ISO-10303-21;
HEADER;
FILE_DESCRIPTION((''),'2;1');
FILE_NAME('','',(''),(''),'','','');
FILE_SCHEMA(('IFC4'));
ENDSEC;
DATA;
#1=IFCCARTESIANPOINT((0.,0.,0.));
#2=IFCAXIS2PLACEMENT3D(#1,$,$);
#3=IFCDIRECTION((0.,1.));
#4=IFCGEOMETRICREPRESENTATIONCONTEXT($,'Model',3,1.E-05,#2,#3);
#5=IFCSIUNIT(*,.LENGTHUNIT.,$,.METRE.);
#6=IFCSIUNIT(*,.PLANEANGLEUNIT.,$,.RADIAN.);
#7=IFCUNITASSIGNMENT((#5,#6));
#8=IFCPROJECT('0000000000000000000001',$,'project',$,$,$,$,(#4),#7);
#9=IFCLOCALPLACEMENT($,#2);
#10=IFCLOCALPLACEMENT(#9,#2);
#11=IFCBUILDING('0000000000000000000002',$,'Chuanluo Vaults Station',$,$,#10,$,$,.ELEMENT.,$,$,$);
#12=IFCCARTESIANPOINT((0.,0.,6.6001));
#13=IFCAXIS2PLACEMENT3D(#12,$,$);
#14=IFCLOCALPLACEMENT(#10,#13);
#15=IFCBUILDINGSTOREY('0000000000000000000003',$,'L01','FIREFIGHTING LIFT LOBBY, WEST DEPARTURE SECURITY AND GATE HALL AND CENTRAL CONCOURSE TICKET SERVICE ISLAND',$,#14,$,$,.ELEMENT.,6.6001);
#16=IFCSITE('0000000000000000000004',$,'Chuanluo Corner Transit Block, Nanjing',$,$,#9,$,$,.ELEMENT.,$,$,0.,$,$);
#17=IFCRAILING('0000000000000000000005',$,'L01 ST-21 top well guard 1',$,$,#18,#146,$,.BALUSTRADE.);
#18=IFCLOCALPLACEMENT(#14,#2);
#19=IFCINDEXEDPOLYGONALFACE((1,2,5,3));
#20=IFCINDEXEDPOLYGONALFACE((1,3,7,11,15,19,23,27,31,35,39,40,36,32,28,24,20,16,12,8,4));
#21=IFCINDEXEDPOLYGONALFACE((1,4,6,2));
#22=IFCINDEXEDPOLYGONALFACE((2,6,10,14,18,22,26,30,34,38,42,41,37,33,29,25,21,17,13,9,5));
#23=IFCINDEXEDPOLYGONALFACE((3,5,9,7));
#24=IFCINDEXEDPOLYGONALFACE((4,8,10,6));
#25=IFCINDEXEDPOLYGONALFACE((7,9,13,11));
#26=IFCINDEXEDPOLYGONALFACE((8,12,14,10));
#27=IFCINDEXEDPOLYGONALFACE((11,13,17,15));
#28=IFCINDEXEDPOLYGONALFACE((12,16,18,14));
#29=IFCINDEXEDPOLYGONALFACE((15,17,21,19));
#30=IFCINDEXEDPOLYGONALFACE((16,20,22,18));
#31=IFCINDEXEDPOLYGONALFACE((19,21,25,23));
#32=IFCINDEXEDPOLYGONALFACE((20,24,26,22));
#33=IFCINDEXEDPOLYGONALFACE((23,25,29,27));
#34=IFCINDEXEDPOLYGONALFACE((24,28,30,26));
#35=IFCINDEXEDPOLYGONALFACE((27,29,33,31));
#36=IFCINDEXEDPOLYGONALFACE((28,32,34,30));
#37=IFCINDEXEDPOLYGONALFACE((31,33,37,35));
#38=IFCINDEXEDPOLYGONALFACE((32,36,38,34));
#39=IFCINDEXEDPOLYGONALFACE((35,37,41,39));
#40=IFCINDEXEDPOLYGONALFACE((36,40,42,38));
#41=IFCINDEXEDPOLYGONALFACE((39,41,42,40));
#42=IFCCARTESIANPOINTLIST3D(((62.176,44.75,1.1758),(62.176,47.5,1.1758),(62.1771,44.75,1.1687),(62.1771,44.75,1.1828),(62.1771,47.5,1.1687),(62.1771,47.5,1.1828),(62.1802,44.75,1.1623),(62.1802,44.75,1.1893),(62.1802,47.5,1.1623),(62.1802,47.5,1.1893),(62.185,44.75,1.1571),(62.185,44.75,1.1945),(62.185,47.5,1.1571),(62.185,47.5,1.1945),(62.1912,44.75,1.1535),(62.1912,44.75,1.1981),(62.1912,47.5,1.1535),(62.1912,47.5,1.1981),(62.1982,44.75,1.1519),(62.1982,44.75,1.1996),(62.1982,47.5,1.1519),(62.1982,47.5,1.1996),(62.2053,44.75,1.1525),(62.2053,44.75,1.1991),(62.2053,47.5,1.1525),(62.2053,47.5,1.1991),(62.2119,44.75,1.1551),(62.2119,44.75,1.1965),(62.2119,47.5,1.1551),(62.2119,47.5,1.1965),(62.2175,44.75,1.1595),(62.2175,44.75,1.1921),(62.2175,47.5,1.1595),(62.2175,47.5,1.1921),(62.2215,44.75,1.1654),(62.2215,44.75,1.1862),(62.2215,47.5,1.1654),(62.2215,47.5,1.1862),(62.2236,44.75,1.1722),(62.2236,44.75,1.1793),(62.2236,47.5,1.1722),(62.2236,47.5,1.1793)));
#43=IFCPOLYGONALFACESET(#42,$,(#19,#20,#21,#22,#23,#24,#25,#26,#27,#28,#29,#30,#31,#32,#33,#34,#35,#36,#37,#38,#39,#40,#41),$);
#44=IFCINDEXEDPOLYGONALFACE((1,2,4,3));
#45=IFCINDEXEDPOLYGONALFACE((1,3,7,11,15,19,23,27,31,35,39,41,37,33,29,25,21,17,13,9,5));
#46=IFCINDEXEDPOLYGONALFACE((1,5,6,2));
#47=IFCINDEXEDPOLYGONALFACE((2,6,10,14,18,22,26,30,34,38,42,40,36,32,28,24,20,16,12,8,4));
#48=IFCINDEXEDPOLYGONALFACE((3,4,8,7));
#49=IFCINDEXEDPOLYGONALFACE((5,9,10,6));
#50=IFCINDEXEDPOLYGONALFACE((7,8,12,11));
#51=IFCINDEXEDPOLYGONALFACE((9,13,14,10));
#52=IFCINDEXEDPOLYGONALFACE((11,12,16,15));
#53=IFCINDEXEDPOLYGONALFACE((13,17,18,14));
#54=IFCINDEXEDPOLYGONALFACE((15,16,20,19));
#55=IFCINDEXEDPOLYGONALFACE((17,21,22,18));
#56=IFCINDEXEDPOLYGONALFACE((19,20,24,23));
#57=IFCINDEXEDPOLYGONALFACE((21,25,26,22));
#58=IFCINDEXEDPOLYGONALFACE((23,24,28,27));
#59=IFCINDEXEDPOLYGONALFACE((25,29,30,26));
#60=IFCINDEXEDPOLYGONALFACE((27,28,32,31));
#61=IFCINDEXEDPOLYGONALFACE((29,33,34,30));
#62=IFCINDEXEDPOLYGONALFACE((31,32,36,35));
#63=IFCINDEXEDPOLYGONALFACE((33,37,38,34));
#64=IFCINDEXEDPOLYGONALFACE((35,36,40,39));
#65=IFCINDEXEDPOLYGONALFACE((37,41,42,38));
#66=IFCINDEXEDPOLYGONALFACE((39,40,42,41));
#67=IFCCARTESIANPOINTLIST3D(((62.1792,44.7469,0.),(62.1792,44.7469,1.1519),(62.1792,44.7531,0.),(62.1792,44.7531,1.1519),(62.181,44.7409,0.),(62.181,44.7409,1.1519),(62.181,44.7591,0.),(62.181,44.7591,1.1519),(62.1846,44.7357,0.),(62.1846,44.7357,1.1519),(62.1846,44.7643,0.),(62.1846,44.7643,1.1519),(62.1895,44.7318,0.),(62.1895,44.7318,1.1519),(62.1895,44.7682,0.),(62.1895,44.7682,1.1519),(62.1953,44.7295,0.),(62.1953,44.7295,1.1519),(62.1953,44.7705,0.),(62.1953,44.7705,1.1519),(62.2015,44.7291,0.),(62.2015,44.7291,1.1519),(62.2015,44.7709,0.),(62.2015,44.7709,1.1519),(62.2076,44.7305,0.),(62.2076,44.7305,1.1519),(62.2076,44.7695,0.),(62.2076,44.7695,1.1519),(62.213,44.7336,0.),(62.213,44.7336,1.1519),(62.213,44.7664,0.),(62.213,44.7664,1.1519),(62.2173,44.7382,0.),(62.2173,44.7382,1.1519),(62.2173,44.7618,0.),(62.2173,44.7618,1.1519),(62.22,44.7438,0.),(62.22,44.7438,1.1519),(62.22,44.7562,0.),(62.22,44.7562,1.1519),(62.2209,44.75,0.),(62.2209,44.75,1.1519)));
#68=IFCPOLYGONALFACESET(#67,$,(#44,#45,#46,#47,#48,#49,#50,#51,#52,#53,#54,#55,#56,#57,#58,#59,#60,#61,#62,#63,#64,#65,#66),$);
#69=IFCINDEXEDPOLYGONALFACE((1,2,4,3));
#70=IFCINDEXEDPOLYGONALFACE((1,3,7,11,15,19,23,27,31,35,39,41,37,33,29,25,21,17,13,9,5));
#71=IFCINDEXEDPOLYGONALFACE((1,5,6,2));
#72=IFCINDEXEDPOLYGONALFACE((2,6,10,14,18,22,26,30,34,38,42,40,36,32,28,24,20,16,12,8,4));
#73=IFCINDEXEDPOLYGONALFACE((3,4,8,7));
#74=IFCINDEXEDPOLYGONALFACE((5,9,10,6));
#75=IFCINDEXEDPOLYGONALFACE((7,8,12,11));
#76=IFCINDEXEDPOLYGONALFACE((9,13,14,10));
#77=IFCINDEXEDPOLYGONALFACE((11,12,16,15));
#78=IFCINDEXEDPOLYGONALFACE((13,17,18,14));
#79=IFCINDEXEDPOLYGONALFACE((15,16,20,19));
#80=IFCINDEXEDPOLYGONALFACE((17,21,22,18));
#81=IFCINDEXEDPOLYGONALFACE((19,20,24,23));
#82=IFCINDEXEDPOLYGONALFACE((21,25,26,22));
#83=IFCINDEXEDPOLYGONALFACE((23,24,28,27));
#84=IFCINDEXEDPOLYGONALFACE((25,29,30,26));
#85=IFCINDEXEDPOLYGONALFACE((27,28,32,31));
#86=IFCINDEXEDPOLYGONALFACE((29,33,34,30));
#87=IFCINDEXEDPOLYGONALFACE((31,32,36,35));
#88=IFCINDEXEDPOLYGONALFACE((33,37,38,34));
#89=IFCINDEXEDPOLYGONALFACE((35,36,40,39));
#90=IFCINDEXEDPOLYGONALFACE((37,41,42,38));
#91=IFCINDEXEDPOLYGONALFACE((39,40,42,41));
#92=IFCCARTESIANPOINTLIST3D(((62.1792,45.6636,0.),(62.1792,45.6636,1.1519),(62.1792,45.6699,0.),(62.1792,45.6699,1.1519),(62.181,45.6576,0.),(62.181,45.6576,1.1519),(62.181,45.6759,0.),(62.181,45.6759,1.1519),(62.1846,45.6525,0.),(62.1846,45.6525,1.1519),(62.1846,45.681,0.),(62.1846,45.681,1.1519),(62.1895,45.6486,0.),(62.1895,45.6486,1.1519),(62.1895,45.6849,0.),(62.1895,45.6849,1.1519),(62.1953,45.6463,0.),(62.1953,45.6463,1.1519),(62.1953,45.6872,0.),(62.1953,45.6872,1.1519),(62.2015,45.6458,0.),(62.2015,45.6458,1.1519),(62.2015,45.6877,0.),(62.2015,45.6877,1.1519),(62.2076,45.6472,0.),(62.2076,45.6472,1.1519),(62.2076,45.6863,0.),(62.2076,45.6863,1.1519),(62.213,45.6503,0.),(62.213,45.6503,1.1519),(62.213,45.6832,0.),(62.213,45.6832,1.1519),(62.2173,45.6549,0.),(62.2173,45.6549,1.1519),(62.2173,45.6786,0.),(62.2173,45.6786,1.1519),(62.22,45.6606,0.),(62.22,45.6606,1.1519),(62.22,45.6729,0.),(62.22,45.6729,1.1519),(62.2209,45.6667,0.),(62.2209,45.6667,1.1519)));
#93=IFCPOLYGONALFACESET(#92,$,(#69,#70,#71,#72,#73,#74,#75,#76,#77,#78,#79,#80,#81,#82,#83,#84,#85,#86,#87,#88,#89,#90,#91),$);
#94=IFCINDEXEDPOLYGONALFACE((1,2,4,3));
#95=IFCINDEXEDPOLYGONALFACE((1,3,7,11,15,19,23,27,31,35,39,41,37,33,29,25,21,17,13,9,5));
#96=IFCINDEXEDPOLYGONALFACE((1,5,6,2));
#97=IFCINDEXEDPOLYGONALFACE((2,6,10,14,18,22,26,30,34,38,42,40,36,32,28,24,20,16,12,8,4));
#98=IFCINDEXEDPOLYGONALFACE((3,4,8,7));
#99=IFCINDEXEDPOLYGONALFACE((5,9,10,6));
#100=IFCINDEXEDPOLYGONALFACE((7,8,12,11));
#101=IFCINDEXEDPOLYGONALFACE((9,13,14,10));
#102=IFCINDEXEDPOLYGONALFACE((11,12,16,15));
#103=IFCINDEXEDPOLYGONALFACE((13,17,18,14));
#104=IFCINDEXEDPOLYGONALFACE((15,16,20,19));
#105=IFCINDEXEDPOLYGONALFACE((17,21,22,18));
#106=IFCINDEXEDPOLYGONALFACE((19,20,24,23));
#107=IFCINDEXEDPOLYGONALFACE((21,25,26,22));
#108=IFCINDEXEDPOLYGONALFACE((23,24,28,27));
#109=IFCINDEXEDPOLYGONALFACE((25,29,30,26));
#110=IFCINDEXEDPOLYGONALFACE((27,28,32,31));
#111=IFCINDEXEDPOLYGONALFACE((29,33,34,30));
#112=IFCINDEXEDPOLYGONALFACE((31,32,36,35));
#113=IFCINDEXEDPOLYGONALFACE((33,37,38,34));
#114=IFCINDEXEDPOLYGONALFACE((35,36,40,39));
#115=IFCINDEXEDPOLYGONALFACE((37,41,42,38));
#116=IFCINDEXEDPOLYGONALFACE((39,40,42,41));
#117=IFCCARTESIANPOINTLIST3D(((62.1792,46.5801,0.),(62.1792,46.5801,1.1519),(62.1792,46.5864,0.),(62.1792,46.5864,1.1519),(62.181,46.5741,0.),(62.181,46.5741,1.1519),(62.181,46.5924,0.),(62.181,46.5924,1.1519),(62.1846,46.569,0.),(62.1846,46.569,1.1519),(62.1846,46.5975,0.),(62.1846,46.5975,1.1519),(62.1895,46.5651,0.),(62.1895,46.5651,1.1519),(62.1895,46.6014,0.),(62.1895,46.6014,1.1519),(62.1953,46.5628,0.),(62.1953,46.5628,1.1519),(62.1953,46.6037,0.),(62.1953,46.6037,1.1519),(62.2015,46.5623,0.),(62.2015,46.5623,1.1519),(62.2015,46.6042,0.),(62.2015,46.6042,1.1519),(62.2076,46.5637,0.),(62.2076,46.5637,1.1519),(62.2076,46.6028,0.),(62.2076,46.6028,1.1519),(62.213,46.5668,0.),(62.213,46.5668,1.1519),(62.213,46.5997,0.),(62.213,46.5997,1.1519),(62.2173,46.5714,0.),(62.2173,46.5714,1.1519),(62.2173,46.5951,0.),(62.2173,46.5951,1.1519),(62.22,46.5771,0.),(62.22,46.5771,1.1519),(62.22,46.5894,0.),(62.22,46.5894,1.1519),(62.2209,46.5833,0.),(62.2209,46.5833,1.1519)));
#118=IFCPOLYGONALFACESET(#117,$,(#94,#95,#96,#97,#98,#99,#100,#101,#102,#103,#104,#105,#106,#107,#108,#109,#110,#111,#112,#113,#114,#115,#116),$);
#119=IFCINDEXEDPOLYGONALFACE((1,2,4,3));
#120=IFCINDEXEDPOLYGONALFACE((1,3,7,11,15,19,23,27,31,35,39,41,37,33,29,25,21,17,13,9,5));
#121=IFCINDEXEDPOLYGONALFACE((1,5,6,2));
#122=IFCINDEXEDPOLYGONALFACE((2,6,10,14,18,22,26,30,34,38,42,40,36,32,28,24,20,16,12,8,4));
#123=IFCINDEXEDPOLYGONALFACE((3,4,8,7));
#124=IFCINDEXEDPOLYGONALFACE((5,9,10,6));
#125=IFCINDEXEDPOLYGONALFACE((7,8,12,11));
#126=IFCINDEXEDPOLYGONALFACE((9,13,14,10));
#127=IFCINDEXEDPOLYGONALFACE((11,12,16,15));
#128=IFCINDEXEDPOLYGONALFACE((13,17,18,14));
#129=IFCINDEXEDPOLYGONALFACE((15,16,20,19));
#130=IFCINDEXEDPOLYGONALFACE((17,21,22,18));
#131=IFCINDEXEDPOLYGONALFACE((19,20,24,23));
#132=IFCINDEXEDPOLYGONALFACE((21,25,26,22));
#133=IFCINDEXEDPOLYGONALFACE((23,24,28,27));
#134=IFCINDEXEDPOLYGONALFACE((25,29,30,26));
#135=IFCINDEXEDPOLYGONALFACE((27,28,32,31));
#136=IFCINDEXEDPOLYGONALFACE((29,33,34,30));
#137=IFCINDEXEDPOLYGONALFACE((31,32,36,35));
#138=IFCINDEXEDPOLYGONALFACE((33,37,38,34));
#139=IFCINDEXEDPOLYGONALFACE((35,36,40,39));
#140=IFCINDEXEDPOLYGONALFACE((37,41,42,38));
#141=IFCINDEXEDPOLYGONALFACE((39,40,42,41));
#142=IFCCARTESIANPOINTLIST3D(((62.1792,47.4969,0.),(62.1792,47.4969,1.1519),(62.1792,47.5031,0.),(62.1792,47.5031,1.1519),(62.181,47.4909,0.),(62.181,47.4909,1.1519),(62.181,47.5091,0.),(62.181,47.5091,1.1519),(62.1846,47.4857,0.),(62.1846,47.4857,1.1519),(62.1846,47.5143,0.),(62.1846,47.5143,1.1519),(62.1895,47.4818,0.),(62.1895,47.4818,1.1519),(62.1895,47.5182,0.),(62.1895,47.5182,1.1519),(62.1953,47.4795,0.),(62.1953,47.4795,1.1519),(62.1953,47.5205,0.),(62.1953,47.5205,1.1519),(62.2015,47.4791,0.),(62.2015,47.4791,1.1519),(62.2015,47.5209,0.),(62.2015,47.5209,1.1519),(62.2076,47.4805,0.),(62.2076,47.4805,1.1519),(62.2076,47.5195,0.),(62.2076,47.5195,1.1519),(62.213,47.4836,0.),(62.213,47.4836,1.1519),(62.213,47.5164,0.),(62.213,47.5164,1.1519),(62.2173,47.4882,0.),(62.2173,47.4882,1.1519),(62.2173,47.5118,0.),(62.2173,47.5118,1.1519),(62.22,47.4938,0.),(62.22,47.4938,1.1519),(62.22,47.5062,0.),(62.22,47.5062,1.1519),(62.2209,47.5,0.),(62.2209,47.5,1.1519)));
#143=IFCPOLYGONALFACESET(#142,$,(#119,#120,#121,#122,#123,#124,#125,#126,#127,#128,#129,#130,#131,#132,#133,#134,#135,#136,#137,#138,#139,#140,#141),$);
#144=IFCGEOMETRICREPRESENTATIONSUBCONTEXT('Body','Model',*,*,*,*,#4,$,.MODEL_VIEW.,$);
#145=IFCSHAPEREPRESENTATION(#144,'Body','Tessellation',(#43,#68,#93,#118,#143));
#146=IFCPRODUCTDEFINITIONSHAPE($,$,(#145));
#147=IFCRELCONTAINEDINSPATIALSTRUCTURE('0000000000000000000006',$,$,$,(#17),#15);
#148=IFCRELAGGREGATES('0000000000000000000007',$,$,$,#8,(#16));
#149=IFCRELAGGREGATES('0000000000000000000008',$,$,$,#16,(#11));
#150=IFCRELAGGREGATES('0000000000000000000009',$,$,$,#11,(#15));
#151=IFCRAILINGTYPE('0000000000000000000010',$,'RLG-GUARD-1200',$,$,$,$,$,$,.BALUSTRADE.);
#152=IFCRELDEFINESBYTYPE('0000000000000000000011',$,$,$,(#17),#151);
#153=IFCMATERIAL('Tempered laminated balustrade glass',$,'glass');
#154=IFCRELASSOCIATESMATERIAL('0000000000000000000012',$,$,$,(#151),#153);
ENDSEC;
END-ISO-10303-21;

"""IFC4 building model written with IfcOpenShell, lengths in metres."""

from ifc_helpers import new_model, si_unit, direction, frame, origin, origin_2d, place, context, subcontext, project, spatial, circle, extrude, material, type_object, element, save


model = new_model("IFC4")

# Units and contexts
model_context = context("Model", 3, precision=1e-05, world=origin(), true_north=direction((0.0, 1.0)))
body_context = subcontext(model_context, "Body", "Model", "MODEL_VIEW")
ifc_project = project(units=[si_unit("LENGTHUNIT", "METRE"), si_unit("PLANEANGLEUNIT", "RADIAN")], contexts=[model_context])

# Site, building, storey
site_placement = place(None, origin())
site = spatial("IfcSite", under=ifc_project, at=site_placement, Name="Chuanluo Corner Transit Block, Nanjing", CompositionType="ELEMENT", RefElevation=0.0)
building_placement = place(site_placement, origin())
building = spatial("IfcBuilding", under=site, at=building_placement, Name="Chuanluo Vaults Station", CompositionType="ELEMENT")
storey_placement = place(building_placement, frame((0.0, 0.0, 6.6001)))
storey = spatial("IfcBuildingStorey", under=building, at=storey_placement, Name="L01", Description="FIREFIGHTING LIFT LOBBY, WEST DEPARTURE SECURITY AND GATE HALL AND CENTRAL CONCOURSE TICKET SERVICE ISLAND", CompositionType="ELEMENT", Elevation=6.6001)

# Railing
ifc_material_1 = material(Name="Tempered laminated balustrade glass", Category="glass")
railing_type = type_object("IfcRailingType", Name="RLG-GUARD-1200", PredefinedType="BALUSTRADE", material=ifc_material_1)
railing_1_placement = place(storey_placement, frame((62.2, 44.75, 0.0)))
element("IfcRailing", 1, at=railing_1_placement, inside=storey, type_object=railing_type, Name="L01 ST-21 top well guard 1", PredefinedType="BALUSTRADE", context=body_context, shape_type="SweptSolid", body=[
    extrude(circle(Radius=0.0239, at=origin_2d()), frame((0.0, 0.0, 1.1758), z_axis=(0.0, 1.0, 0.0), x_axis=(-1.0, 0.0, 0.0)), (0.0, 0.0, 1.0), 2.75),
    extrude(circle(Radius=0.021, at=origin_2d()), origin(), (0.0, 0.0, 1.0), 1.1519),
    extrude(circle(Radius=0.021, at=origin_2d()), frame((0.0, 0.9167, 0.0)), (0.0, 0.0, 1.0), 1.1519),
    extrude(circle(Radius=0.021, at=origin_2d()), frame((0.0, 1.8333, 0.0)), (0.0, 0.0, 1.0), 1.1519),
    extrude(circle(Radius=0.021, at=origin_2d()), frame((0.0, 2.75, 0.0)), (0.0, 0.0, 1.0), 1.1519),
])

save(model, "model.ifc")
